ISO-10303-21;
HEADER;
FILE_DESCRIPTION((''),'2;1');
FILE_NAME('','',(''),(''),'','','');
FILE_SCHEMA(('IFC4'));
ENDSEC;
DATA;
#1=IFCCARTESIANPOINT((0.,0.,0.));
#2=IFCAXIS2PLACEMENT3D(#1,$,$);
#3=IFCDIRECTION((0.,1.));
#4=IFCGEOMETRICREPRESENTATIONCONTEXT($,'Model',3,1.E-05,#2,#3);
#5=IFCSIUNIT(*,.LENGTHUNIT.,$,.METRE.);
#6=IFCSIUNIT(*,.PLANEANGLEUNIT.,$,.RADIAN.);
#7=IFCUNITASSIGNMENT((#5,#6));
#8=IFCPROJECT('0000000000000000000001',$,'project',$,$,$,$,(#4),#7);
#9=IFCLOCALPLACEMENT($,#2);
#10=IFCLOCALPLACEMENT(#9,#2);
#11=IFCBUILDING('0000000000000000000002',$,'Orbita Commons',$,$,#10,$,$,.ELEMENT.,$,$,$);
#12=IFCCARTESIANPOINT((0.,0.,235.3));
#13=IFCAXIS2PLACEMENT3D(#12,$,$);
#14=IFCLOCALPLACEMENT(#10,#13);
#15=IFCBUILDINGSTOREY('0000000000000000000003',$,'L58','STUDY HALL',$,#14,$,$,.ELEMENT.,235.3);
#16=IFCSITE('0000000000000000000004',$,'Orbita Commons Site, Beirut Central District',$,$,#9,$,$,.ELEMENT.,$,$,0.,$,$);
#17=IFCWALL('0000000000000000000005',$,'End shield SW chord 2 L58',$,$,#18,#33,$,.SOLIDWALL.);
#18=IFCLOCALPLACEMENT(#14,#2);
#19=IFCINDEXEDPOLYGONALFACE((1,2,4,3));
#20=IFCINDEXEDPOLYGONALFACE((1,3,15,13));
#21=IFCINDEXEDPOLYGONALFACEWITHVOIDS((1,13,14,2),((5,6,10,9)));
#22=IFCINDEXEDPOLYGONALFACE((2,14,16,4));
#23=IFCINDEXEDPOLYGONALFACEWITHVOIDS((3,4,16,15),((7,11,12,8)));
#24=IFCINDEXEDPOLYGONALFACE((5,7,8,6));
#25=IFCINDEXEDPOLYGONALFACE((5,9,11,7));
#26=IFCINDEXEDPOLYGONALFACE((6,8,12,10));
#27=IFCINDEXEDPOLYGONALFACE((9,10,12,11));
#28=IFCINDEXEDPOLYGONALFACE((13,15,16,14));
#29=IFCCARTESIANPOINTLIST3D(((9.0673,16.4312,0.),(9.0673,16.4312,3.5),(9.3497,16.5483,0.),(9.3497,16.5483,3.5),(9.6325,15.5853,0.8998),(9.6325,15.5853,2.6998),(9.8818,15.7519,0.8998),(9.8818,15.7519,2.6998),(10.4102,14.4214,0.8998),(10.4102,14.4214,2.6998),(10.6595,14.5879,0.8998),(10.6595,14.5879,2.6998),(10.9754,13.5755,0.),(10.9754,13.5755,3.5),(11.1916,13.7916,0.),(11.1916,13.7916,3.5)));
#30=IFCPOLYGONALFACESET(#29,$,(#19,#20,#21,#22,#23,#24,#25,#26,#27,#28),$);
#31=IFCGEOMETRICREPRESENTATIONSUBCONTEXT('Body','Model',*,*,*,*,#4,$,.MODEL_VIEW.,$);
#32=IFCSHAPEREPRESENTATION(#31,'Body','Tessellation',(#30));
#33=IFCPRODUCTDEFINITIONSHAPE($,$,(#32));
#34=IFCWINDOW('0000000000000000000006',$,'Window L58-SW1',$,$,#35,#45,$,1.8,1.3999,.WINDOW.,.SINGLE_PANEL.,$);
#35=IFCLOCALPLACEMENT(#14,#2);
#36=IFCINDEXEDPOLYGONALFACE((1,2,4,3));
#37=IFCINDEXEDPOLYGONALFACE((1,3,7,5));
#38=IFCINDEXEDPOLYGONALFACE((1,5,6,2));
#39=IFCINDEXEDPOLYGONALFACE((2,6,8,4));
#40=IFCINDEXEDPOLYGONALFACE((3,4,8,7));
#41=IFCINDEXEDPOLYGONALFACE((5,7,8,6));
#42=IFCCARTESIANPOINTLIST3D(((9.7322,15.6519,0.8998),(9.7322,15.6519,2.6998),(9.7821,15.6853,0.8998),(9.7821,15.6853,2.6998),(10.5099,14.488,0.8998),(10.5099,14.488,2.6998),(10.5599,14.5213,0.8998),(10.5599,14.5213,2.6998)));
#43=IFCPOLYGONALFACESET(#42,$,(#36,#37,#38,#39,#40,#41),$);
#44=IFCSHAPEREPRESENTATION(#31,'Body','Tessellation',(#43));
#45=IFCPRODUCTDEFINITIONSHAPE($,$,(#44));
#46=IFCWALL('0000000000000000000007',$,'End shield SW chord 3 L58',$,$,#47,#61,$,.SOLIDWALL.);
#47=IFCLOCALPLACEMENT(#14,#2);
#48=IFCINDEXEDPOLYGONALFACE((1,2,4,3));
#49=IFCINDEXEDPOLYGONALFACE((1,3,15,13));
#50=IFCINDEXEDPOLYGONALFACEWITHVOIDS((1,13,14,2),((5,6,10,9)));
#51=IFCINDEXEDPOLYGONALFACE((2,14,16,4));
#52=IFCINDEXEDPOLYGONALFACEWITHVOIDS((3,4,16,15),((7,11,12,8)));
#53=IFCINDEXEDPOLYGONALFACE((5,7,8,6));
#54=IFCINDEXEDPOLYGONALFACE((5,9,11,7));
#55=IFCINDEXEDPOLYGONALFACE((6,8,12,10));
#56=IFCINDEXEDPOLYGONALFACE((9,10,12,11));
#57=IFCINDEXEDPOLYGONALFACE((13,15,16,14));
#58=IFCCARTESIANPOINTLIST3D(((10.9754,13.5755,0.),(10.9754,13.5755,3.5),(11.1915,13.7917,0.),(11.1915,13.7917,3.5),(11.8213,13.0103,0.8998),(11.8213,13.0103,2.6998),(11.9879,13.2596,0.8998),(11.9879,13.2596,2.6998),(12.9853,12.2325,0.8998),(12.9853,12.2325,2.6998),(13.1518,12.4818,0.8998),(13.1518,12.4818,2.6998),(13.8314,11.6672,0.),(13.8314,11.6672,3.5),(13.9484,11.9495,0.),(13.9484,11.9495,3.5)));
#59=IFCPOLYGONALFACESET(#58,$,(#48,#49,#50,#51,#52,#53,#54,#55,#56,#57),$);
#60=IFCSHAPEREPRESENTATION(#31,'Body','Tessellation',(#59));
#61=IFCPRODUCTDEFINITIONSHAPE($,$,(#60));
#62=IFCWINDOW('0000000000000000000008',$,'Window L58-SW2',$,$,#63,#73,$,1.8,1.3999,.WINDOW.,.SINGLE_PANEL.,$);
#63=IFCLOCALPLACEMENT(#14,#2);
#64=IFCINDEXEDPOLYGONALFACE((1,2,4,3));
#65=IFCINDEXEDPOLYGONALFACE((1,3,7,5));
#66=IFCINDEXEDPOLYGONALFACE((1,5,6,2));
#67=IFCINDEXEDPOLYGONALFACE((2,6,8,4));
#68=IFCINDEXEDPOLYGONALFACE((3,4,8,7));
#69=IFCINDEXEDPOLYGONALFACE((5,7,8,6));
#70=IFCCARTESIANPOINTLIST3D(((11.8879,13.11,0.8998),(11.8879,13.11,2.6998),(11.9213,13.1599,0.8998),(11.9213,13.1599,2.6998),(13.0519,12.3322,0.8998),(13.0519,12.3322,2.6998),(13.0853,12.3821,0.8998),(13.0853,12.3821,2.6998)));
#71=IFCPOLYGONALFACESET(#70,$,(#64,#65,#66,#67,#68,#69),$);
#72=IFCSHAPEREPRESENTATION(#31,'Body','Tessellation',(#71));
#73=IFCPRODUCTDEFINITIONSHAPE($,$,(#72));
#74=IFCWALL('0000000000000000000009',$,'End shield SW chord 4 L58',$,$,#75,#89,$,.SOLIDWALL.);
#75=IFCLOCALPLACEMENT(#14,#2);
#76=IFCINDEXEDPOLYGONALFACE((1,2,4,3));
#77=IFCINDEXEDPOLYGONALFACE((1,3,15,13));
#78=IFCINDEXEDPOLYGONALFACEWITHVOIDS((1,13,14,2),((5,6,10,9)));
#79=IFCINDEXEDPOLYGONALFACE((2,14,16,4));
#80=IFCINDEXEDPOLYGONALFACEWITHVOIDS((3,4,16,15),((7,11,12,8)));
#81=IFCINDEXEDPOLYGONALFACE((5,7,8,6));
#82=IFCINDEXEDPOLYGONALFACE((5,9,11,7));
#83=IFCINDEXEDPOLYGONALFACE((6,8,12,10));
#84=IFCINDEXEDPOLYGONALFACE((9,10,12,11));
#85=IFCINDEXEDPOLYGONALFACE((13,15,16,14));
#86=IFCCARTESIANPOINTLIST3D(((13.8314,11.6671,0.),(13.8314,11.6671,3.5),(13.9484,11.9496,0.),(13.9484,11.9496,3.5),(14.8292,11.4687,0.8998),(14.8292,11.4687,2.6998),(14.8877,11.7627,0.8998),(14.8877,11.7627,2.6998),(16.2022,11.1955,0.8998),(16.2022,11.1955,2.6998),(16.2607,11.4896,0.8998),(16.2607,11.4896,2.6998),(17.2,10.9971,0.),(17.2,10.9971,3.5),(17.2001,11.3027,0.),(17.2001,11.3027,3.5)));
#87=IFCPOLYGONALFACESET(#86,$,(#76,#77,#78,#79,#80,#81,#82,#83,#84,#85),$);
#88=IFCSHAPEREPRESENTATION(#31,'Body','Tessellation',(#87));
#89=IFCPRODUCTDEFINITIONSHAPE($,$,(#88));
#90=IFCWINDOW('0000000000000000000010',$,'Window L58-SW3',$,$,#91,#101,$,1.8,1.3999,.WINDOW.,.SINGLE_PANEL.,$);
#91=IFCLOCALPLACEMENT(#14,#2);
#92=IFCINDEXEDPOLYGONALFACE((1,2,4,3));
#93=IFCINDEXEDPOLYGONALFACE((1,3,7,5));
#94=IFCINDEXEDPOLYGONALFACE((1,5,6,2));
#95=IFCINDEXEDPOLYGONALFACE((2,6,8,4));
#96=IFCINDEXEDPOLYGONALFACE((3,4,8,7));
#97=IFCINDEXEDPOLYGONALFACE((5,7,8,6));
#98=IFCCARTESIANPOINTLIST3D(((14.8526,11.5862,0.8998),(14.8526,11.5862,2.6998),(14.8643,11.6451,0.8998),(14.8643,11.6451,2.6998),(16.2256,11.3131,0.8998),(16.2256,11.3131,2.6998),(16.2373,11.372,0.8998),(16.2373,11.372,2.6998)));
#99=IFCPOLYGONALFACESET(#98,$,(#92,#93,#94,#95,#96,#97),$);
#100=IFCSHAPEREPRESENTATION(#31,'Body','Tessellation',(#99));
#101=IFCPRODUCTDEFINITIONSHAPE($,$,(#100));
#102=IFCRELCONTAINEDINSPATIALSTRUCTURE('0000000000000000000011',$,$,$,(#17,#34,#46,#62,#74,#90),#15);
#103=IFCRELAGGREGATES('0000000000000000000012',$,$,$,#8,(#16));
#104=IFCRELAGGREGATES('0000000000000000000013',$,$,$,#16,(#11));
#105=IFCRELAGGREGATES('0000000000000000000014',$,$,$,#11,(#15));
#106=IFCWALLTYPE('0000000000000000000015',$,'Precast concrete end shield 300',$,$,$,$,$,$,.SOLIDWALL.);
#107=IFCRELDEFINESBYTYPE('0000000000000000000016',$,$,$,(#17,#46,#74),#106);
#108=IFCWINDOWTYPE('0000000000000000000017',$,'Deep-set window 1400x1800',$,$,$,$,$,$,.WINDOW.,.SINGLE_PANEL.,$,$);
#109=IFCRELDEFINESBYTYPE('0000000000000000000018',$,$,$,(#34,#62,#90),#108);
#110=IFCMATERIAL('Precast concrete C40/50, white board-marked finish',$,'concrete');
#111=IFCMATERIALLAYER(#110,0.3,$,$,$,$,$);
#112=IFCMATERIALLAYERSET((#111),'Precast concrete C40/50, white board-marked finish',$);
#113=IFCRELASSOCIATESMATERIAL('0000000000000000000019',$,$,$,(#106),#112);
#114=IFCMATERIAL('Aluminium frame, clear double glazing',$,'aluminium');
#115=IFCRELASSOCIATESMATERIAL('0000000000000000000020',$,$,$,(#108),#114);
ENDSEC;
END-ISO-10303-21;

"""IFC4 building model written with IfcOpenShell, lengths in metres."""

from ifc_helpers import new_model, si_unit, direction, frame, frame_2d, origin, place, context, subcontext, project, spatial, polyline, rectangle, outline, extrude, material, layer, layer_set, type_object, element, fill, save


model = new_model("IFC4")

# Units and contexts
model_context = context("Model", 3, precision=1e-05, world=origin(), true_north=direction((0.0, 1.0)))
body_context = subcontext(model_context, "Body", "Model", "MODEL_VIEW")
ifc_project = project(units=[si_unit("LENGTHUNIT", "METRE"), si_unit("PLANEANGLEUNIT", "RADIAN")], contexts=[model_context])

# Site, building, storey
site_placement = place(None, origin())
site = spatial("IfcSite", under=ifc_project, at=site_placement, Name="Orbita Commons Site, Beirut Central District", CompositionType="ELEMENT", RefElevation=0.0)
building_placement = place(site_placement, origin())
building = spatial("IfcBuilding", under=site, at=building_placement, Name="Orbita Commons", CompositionType="ELEMENT")
storey_placement = place(building_placement, frame((0.0, 0.0, 235.3)))
storey = spatial("IfcBuildingStorey", under=building, at=storey_placement, Name="L58", Description="STUDY HALL", CompositionType="ELEMENT", Elevation=235.3)

# Walls, openings, windows
ifc_material_1 = material(Name="Precast concrete C40/50, white board-marked finish", Category="concrete")
ifc_layer_1 = layer(ifc_material_1, 0.3)
ifc_layer_set_1 = layer_set([ifc_layer_1], Name="Precast concrete C40/50, white board-marked finish")
wall_type_1 = type_object("IfcWallType", Name="Precast concrete end shield 300", PredefinedType="SOLIDWALL", material=ifc_layer_set_1)
ifc_material_2 = material(Name="Aluminium frame, clear double glazing", Category="aluminium")
window_type = type_object("IfcWindowType", Name="Deep-set window 1400x1800", PartitioningType="SINGLE_PANEL", PredefinedType="WINDOW", material=ifc_material_2)
wall_1_placement = place(storey_placement, frame((9.2085, 16.4897, 0.0), z_axis=(0.0, 0.0, 1.0), x_axis=(0.555568, -0.831471, 0.0)))
wall_1 = element("IfcWall", 1, at=wall_1_placement, inside=storey, type_object=wall_type_1, Name="End shield SW chord 2 L58", PredefinedType="SOLIDWALL", context=body_context, shape_type="SweptSolid", body=[
    extrude(outline(polyline([(-0.0298, -0.1499), (3.4048, -0.1499), (3.3452, 0.1499), (0.0298, 0.1499), (-0.0298, -0.1499)])), origin(), (0.0, 0.0, 1.0), 3.5),
])
opening_1_placement = place(wall_1_placement, frame((0.9875, 0.0, 0.8999)))
opening_1 = element("IfcOpeningElement", 2, at=opening_1_placement, cuts=wall_1, PredefinedType="OPENING", context=body_context, shape_type="SweptSolid", body=[
    extrude(rectangle(XDim=1.3999, YDim=1.8, at=frame_2d((0.7, 0.8999))), frame((0.0, 0.1599, 0.0), z_axis=(0.0, -1.0, 0.0), x_axis=(1.0, 0.0, 0.0)), (0.0, 0.0, 1.0), 0.3201),
])
window_1_placement = place(opening_1_placement, origin())
window_1 = element("IfcWindow", 3, at=window_1_placement, inside=storey, type_object=window_type, Name="Window L58-SW1", OverallHeight=1.8, OverallWidth=1.3999, PartitioningType="SINGLE_PANEL", PredefinedType="WINDOW", context=body_context, shape_type="SweptSolid", body=[
    extrude(rectangle(XDim=1.3999, YDim=1.8, at=frame_2d((0.7, 0.8999))), frame((0.0, 0.03, 0.0), z_axis=(0.0, -1.0, 0.0), x_axis=(1.0, 0.0, 0.0)), (0.0, 0.0, 1.0), 0.0601),
])
fill(opening_1, window_1)
wall_2_placement = place(storey_placement, frame((11.0835, 13.6836, 0.0), z_axis=(0.0, 0.0, 1.0), x_axis=(0.83146, -0.555585, 0.0)))
wall_2 = element("IfcWall", 4, at=wall_2_placement, inside=storey, type_object=wall_type_1, Name="End shield SW chord 3 L58", PredefinedType="SOLIDWALL", context=body_context, shape_type="SweptSolid", body=[
    extrude(outline(polyline([(-0.0298, -0.1499), (3.405, -0.1499), (3.3455, 0.1499), (0.0298, 0.1499), (-0.0298, -0.1499)])), origin(), (0.0, 0.0, 1.0), 3.5),
])
opening_2_placement = place(wall_2_placement, frame((0.9875, 0.0, 0.8999)))
opening_2 = element("IfcOpeningElement", 5, at=opening_2_placement, cuts=wall_2, PredefinedType="OPENING", context=body_context, shape_type="SweptSolid", body=[
    extrude(rectangle(XDim=1.3999, YDim=1.8, at=frame_2d((0.7, 0.8999))), frame((0.0, 0.1599, 0.0), z_axis=(0.0, -1.0, 0.0), x_axis=(1.0, 0.0, 0.0)), (0.0, 0.0, 1.0), 0.3201),
])
window_2_placement = place(opening_2_placement, origin())
window_2 = element("IfcWindow", 6, at=window_2_placement, inside=storey, type_object=window_type, Name="Window L58-SW2", OverallHeight=1.8, OverallWidth=1.3999, PartitioningType="SINGLE_PANEL", PredefinedType="WINDOW", context=body_context, shape_type="SweptSolid", body=[
    extrude(rectangle(XDim=1.3999, YDim=1.8, at=frame_2d((0.7, 0.8999))), frame((0.0, 0.03, 0.0), z_axis=(0.0, -1.0, 0.0), x_axis=(1.0, 0.0, 0.0)), (0.0, 0.0, 1.0), 0.0601),
])
fill(opening_2, window_2)
wall_3_placement = place(storey_placement, frame((13.8899, 11.8083, 0.0), z_axis=(0.0, 0.0, 1.0), x_axis=(0.980783, -0.1951, 0.0)))
wall_3 = element("IfcWall", 7, at=wall_3_placement, inside=storey, type_object=wall_type_1, Name="End shield SW chord 4 L58", PredefinedType="SOLIDWALL", context=body_context, shape_type="SweptSolid", body=[
    extrude(outline(polyline([(-0.0298, -0.1499), (3.4048, -0.1499), (3.3452, 0.1499), (0.0298, 0.1499), (-0.0298, -0.1499)])), origin(), (0.0, 0.0, 1.0), 3.5),
])
opening_3_placement = place(wall_3_placement, frame((0.9875, 0.0, 0.8999)))
opening_3 = element("IfcOpeningElement", 8, at=opening_3_placement, cuts=wall_3, PredefinedType="OPENING", context=body_context, shape_type="SweptSolid", body=[
    extrude(rectangle(XDim=1.3999, YDim=1.8, at=frame_2d((0.7, 0.8999))), frame((0.0, 0.1599, 0.0), z_axis=(0.0, -1.0, 0.0), x_axis=(1.0, 0.0, 0.0)), (0.0, 0.0, 1.0), 0.3201),
])
window_3_placement = place(opening_3_placement, origin())
window_3 = element("IfcWindow", 9, at=window_3_placement, inside=storey, type_object=window_type, Name="Window L58-SW3", OverallHeight=1.8, OverallWidth=1.3999, PartitioningType="SINGLE_PANEL", PredefinedType="WINDOW", context=body_context, shape_type="SweptSolid", body=[
    extrude(rectangle(XDim=1.3999, YDim=1.8, at=frame_2d((0.7, 0.8999))), frame((0.0, 0.03, 0.0), z_axis=(0.0, -1.0, 0.0), x_axis=(1.0, 0.0, 0.0)), (0.0, 0.0, 1.0), 0.0601),
])
fill(opening_3, window_3)

save(model, "model.ifc")
